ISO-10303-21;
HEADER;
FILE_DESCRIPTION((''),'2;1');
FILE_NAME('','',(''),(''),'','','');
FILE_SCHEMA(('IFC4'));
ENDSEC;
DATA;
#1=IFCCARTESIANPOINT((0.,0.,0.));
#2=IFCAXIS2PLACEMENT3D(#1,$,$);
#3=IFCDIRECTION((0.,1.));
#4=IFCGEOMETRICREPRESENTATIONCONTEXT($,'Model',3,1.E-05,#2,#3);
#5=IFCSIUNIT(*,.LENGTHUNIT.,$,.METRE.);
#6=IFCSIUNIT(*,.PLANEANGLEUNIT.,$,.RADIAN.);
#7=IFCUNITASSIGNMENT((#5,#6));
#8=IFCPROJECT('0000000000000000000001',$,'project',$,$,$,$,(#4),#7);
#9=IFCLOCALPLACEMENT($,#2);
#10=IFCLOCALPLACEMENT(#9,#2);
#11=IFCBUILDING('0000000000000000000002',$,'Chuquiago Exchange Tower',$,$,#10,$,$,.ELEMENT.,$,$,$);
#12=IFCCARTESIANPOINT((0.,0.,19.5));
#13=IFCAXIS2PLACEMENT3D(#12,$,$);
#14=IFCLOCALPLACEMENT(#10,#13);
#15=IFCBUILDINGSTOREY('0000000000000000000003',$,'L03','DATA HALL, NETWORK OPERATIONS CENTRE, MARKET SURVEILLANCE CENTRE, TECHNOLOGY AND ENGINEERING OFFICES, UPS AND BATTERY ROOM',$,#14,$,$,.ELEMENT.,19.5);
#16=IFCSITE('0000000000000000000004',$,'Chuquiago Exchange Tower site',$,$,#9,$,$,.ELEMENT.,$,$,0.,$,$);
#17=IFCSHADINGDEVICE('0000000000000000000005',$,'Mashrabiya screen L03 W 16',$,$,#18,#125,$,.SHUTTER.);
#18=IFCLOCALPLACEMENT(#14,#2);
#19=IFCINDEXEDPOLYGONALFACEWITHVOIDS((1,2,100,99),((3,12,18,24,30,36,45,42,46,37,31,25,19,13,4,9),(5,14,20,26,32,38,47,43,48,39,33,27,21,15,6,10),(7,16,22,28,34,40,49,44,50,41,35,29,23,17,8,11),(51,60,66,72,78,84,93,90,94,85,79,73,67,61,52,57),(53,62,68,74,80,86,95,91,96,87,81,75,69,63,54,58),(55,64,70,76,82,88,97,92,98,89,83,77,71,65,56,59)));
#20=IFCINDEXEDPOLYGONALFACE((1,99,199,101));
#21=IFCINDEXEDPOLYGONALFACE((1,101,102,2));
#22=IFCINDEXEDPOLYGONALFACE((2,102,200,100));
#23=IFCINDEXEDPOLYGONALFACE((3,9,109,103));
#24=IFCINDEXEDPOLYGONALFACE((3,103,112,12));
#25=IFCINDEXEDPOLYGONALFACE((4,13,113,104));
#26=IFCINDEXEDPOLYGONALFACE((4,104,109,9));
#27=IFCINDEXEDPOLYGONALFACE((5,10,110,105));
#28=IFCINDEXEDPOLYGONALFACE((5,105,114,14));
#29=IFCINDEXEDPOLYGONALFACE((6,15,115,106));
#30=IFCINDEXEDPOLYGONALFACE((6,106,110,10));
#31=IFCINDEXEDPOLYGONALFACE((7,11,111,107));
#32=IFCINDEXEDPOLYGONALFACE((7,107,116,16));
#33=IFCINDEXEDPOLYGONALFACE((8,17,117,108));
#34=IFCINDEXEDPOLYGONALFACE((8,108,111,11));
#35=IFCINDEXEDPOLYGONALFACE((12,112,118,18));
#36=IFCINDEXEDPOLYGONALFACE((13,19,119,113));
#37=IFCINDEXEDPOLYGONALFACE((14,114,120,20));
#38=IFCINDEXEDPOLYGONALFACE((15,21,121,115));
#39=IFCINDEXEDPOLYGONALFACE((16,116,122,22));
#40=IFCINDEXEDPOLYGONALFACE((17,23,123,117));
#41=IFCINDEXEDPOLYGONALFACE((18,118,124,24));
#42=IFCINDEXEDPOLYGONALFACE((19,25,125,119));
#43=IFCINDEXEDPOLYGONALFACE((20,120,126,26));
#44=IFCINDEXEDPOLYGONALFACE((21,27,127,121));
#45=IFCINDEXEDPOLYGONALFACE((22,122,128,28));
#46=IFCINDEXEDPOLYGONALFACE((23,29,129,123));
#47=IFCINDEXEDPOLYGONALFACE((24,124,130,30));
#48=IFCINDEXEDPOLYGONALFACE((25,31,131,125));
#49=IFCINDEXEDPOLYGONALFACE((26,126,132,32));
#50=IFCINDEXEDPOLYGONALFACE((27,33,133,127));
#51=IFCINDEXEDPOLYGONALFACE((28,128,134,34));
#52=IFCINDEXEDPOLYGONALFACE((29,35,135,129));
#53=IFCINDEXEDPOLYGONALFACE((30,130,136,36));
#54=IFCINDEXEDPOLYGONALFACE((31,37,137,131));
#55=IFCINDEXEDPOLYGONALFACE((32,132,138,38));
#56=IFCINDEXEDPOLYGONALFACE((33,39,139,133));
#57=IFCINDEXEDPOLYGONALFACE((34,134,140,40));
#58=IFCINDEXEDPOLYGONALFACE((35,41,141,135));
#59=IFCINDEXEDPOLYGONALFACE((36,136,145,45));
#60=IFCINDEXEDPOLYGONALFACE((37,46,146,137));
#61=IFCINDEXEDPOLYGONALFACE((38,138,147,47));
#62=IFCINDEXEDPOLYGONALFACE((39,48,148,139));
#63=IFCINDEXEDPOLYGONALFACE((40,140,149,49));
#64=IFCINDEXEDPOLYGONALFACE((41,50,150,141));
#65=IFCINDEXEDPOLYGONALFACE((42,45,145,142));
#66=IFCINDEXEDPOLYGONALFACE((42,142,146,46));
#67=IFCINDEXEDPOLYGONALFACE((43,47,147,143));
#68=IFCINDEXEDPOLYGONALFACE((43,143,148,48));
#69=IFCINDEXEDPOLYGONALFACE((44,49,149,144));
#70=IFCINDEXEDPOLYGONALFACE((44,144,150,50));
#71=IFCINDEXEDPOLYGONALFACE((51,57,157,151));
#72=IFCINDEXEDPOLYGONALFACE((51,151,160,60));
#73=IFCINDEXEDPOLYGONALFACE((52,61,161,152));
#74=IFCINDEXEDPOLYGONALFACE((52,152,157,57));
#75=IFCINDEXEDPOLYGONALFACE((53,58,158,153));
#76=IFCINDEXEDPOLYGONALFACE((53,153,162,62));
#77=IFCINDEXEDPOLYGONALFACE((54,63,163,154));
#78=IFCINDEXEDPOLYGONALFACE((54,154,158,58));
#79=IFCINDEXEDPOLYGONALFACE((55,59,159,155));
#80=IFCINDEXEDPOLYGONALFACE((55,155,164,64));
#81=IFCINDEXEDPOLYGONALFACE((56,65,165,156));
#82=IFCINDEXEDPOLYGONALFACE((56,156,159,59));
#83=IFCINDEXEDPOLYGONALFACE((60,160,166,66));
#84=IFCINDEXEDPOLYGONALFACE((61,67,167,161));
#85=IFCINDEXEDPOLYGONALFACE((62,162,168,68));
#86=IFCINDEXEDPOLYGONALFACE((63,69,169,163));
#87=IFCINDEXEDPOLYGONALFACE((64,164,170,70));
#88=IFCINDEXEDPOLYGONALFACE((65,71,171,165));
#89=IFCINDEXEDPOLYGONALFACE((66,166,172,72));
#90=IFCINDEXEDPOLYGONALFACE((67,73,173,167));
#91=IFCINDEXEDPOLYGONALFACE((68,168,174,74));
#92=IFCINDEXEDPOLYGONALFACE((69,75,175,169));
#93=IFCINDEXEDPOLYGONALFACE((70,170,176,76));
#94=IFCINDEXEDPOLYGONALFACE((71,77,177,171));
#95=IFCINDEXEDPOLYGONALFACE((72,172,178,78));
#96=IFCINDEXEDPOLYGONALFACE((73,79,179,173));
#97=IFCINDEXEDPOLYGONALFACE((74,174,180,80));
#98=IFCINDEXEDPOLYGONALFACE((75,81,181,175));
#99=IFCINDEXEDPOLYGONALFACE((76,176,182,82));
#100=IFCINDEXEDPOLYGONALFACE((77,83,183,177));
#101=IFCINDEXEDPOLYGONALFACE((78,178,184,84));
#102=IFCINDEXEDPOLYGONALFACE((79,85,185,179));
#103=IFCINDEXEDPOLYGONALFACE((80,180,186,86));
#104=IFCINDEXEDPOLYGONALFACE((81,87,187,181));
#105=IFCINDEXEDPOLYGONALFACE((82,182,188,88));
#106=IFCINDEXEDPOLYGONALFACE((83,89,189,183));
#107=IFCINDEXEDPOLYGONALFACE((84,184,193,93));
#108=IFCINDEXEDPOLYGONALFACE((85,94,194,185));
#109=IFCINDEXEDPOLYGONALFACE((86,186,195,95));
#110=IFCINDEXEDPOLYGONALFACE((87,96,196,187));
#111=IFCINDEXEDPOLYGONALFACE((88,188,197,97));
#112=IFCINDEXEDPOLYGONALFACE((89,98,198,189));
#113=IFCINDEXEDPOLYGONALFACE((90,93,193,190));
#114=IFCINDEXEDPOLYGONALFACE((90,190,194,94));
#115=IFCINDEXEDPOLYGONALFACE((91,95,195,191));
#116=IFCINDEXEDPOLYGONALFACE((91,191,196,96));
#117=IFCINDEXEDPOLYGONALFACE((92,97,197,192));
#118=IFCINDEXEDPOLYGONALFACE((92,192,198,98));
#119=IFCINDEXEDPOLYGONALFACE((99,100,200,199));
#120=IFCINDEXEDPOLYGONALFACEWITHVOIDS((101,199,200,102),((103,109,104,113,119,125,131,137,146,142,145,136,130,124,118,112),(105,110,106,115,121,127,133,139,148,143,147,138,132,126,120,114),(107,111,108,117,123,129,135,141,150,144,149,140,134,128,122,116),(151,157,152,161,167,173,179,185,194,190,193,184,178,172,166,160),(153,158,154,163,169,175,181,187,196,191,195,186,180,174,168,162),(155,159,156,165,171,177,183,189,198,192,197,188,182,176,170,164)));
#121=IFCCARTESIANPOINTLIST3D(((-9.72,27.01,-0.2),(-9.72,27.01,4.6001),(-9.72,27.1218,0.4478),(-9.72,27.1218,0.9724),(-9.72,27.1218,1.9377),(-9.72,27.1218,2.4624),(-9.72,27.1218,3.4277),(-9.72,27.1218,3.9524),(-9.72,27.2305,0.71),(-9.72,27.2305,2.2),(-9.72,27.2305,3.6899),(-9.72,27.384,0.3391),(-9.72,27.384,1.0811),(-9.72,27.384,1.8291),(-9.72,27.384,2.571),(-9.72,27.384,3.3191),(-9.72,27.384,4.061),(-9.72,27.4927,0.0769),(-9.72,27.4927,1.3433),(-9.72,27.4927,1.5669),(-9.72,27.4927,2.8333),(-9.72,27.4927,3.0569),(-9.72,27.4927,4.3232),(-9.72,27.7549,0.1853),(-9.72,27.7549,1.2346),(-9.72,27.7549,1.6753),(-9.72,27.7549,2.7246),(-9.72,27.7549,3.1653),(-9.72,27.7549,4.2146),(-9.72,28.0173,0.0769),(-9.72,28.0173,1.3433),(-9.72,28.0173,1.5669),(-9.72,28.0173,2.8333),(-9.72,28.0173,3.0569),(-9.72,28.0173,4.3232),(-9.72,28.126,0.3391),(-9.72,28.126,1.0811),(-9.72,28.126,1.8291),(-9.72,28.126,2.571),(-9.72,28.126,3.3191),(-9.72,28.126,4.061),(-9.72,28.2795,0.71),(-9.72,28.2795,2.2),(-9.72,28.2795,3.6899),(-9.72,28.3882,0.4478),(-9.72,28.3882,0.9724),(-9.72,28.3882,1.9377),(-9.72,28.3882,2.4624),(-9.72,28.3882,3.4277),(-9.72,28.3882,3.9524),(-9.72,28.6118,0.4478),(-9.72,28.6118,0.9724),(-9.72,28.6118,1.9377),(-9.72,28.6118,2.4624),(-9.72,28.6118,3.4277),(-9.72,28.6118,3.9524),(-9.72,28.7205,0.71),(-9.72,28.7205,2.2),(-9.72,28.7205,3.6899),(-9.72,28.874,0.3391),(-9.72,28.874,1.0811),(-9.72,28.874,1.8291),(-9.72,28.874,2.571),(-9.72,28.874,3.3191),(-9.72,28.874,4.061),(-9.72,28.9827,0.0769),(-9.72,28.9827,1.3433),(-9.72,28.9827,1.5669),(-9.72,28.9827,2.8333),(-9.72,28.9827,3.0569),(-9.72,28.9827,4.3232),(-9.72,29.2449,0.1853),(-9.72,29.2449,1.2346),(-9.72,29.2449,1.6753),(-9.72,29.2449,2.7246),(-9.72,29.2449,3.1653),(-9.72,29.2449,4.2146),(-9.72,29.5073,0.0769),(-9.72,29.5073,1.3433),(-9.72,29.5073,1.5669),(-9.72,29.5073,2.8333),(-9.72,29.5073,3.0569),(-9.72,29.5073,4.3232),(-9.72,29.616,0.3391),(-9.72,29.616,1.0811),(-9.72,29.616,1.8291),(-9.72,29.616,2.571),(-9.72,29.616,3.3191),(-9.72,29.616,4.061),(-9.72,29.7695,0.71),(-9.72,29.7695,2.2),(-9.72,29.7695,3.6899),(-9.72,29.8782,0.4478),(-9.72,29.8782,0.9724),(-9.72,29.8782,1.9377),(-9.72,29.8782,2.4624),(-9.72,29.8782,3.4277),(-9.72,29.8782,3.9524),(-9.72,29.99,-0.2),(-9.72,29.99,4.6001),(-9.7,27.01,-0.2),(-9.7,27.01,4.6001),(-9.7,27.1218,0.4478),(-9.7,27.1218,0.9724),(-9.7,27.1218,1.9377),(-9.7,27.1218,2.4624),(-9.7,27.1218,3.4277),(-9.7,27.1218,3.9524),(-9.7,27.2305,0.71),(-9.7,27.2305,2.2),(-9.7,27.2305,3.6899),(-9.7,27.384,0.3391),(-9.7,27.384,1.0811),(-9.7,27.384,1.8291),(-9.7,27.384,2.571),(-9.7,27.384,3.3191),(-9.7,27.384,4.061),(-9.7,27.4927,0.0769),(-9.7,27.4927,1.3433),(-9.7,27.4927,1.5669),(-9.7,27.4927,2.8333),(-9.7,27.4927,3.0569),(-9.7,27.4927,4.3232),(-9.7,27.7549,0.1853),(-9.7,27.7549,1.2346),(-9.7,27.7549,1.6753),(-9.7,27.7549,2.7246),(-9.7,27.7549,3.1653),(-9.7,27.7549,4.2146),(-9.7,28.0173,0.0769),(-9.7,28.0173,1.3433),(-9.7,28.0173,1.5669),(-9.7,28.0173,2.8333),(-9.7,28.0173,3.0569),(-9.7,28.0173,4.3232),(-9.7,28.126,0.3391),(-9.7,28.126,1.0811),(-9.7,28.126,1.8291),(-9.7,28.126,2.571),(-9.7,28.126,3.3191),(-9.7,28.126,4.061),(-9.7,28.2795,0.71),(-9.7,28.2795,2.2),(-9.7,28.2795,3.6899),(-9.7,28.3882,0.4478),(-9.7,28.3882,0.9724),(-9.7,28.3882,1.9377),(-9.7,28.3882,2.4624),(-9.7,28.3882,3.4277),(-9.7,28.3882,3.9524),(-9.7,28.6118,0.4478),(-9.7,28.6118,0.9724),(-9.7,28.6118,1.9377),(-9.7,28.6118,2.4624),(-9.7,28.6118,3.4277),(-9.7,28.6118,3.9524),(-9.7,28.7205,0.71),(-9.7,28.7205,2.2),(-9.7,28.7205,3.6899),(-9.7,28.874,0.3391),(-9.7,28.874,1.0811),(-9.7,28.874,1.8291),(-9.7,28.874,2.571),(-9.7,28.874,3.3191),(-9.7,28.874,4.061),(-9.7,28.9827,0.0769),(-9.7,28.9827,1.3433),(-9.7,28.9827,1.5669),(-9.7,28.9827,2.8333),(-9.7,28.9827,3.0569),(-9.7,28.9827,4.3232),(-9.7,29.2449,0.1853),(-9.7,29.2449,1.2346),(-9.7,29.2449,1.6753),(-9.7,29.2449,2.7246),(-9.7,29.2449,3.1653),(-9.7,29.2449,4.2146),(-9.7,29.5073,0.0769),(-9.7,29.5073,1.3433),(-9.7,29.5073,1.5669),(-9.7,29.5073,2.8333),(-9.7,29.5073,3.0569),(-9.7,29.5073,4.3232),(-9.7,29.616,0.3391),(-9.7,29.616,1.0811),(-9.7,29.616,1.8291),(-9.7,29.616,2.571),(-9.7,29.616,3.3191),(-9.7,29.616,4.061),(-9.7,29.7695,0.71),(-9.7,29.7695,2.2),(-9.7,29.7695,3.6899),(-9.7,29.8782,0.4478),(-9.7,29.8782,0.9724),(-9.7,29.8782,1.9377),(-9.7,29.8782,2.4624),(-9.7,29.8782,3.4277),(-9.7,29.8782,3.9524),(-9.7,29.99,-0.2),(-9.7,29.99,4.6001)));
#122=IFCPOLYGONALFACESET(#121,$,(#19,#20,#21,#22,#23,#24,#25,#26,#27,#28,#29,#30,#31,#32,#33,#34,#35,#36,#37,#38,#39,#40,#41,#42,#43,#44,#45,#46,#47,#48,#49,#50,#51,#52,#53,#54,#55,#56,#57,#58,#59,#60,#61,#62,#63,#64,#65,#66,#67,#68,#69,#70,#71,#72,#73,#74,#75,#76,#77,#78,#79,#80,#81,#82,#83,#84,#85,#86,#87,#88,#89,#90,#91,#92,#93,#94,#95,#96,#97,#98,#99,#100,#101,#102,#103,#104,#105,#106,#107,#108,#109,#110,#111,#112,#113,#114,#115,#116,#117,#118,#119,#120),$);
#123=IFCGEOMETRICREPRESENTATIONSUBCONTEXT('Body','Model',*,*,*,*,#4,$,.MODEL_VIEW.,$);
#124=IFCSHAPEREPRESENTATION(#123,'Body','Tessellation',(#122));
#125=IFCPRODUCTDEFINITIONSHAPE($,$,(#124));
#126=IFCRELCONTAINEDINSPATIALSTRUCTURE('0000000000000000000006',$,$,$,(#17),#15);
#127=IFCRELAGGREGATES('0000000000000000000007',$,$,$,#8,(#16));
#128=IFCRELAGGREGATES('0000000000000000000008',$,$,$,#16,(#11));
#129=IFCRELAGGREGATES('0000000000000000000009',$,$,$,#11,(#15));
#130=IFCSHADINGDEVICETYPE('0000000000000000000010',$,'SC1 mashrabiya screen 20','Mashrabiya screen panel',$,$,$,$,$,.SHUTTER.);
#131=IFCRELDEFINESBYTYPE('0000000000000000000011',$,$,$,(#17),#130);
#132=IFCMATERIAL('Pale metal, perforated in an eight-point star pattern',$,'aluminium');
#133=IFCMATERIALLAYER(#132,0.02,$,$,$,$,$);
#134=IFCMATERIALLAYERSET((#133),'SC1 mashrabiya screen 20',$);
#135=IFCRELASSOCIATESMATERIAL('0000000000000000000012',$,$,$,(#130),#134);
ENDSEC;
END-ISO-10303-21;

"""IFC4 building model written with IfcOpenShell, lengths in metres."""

from ifc_helpers import new_model, si_unit, direction, frame, origin, place, context, subcontext, project, spatial, polyline, outline, extrude, material, layer, layer_set, type_object, element, save


model = new_model("IFC4")

# Units and contexts
model_context = context("Model", 3, precision=1e-05, world=origin(), true_north=direction((0.0, 1.0)))
body_context = subcontext(model_context, "Body", "Model", "MODEL_VIEW")
ifc_project = project(units=[si_unit("LENGTHUNIT", "METRE"), si_unit("PLANEANGLEUNIT", "RADIAN")], contexts=[model_context])

# Site, building, storey
site_placement = place(None, origin())
site = spatial("IfcSite", under=ifc_project, at=site_placement, Name="Chuquiago Exchange Tower site", CompositionType="ELEMENT", RefElevation=0.0)
building_placement = place(site_placement, origin())
building = spatial("IfcBuilding", under=site, at=building_placement, Name="Chuquiago Exchange Tower", CompositionType="ELEMENT")
storey_placement = place(building_placement, frame((0.0, 0.0, 19.5)))
storey = spatial("IfcBuildingStorey", under=building, at=storey_placement, Name="L03", Description="DATA HALL, NETWORK OPERATIONS CENTRE, MARKET SURVEILLANCE CENTRE, TECHNOLOGY AND ENGINEERING OFFICES, UPS AND BATTERY ROOM", CompositionType="ELEMENT", Elevation=19.5)

# Shading device
ifc_material_1 = material(Name="Pale metal, perforated in an eight-point star pattern", Category="aluminium")
ifc_layer_1 = layer(ifc_material_1, 0.02)
ifc_layer_set_1 = layer_set([ifc_layer_1], Name="SC1 mashrabiya screen 20")
shading_device_type = type_object("IfcShadingDeviceType", Name="SC1 mashrabiya screen 20", Description="Mashrabiya screen panel", PredefinedType="SHUTTER", material=ifc_layer_set_1)
shading_device_1_placement = place(storey_placement, frame((-9.7, 29.99, -0.2), z_axis=(0.0, 0.0, 1.0), x_axis=(0.0, -1.0, 0.0)))
element("IfcShadingDevice", 1, at=shading_device_1_placement, inside=storey, type_object=shading_device_type, Name="Mashrabiya screen L03 W 16", PredefinedType="SHUTTER", context=body_context, shape_type="SweptSolid", body=[
    extrude(outline(polyline([(0.0, 0.0), (2.98, 0.0), (2.98, 4.8), (0.0, 4.8), (0.0, 0.0)]), holes=[polyline([(1.2695, 0.9099), (1.3782, 1.1724), (1.116, 1.281), (1.0073, 1.5432), (0.7451, 1.4346), (0.4827, 1.5432), (0.374, 1.281), (0.1118, 1.1724), (0.2205, 0.9099), (0.1118, 0.6477), (0.374, 0.5391), (0.4827, 0.2769), (0.7451, 0.3853), (1.0073, 0.2769), (1.116, 0.5391), (1.3782, 0.6477), (1.2695, 0.9099)]), polyline([(2.7595, 0.9099), (2.8682, 1.1724), (2.606, 1.281), (2.4973, 1.5432), (2.2351, 1.4346), (1.9727, 1.5432), (1.864, 1.281), (1.6018, 1.1724), (1.7104, 0.9099), (1.6018, 0.6477), (1.864, 0.5391), (1.9727, 0.2769), (2.2351, 0.3853), (2.4973, 0.2769), (2.606, 0.5391), (2.8682, 0.6477), (2.7595, 0.9099)]), polyline([(1.2695, 2.3999), (1.3782, 2.6624), (1.116, 2.771), (1.0073, 3.0332), (0.7451, 2.9246), (0.4827, 3.0332), (0.374, 2.771), (0.1118, 2.6624), (0.2205, 2.3999), (0.1118, 2.1377), (0.374, 2.0291), (0.4827, 1.7668), (0.7451, 1.8752), (1.0073, 1.7668), (1.116, 2.0291), (1.3782, 2.1377), (1.2695, 2.3999)]), polyline([(2.7595, 2.3999), (2.8682, 2.6624), (2.606, 2.771), (2.4973, 3.0332), (2.2351, 2.9246), (1.9727, 3.0332), (1.864, 2.771), (1.6018, 2.6624), (1.7104, 2.3999), (1.6018, 2.1377), (1.864, 2.0291), (1.9727, 1.7668), (2.2351, 1.8752), (2.4973, 1.7668), (2.606, 2.0291), (2.8682, 2.1377), (2.7595, 2.3999)]), polyline([(1.2695, 3.8899), (1.3782, 4.1523), (1.116, 4.261), (1.0073, 4.5232), (0.7451, 4.4146), (0.4827, 4.5232), (0.374, 4.261), (0.1118, 4.1523), (0.2205, 3.8899), (0.1118, 3.6277), (0.374, 3.519), (0.4827, 3.2568), (0.7451, 3.3652), (1.0073, 3.2568), (1.116, 3.519), (1.3782, 3.6277), (1.2695, 3.8899)]), polyline([(2.7595, 3.8899), (2.8682, 4.1523), (2.606, 4.261), (2.4973, 4.5232), (2.2351, 4.4146), (1.9727, 4.5232), (1.864, 4.261), (1.6018, 4.1523), (1.7104, 3.8899), (1.6018, 3.6277), (1.864, 3.519), (1.9727, 3.2568), (2.2351, 3.3652), (2.4973, 3.2568), (2.606, 3.519), (2.8682, 3.6277), (2.7595, 3.8899)])]), frame((0.0, 0.0, 0.0), z_axis=(0.0, -1.0, 0.0), x_axis=(1.0, 0.0, 0.0)), (0.0, 0.0, 1.0), 0.02),
])

save(model, "model.ifc")
